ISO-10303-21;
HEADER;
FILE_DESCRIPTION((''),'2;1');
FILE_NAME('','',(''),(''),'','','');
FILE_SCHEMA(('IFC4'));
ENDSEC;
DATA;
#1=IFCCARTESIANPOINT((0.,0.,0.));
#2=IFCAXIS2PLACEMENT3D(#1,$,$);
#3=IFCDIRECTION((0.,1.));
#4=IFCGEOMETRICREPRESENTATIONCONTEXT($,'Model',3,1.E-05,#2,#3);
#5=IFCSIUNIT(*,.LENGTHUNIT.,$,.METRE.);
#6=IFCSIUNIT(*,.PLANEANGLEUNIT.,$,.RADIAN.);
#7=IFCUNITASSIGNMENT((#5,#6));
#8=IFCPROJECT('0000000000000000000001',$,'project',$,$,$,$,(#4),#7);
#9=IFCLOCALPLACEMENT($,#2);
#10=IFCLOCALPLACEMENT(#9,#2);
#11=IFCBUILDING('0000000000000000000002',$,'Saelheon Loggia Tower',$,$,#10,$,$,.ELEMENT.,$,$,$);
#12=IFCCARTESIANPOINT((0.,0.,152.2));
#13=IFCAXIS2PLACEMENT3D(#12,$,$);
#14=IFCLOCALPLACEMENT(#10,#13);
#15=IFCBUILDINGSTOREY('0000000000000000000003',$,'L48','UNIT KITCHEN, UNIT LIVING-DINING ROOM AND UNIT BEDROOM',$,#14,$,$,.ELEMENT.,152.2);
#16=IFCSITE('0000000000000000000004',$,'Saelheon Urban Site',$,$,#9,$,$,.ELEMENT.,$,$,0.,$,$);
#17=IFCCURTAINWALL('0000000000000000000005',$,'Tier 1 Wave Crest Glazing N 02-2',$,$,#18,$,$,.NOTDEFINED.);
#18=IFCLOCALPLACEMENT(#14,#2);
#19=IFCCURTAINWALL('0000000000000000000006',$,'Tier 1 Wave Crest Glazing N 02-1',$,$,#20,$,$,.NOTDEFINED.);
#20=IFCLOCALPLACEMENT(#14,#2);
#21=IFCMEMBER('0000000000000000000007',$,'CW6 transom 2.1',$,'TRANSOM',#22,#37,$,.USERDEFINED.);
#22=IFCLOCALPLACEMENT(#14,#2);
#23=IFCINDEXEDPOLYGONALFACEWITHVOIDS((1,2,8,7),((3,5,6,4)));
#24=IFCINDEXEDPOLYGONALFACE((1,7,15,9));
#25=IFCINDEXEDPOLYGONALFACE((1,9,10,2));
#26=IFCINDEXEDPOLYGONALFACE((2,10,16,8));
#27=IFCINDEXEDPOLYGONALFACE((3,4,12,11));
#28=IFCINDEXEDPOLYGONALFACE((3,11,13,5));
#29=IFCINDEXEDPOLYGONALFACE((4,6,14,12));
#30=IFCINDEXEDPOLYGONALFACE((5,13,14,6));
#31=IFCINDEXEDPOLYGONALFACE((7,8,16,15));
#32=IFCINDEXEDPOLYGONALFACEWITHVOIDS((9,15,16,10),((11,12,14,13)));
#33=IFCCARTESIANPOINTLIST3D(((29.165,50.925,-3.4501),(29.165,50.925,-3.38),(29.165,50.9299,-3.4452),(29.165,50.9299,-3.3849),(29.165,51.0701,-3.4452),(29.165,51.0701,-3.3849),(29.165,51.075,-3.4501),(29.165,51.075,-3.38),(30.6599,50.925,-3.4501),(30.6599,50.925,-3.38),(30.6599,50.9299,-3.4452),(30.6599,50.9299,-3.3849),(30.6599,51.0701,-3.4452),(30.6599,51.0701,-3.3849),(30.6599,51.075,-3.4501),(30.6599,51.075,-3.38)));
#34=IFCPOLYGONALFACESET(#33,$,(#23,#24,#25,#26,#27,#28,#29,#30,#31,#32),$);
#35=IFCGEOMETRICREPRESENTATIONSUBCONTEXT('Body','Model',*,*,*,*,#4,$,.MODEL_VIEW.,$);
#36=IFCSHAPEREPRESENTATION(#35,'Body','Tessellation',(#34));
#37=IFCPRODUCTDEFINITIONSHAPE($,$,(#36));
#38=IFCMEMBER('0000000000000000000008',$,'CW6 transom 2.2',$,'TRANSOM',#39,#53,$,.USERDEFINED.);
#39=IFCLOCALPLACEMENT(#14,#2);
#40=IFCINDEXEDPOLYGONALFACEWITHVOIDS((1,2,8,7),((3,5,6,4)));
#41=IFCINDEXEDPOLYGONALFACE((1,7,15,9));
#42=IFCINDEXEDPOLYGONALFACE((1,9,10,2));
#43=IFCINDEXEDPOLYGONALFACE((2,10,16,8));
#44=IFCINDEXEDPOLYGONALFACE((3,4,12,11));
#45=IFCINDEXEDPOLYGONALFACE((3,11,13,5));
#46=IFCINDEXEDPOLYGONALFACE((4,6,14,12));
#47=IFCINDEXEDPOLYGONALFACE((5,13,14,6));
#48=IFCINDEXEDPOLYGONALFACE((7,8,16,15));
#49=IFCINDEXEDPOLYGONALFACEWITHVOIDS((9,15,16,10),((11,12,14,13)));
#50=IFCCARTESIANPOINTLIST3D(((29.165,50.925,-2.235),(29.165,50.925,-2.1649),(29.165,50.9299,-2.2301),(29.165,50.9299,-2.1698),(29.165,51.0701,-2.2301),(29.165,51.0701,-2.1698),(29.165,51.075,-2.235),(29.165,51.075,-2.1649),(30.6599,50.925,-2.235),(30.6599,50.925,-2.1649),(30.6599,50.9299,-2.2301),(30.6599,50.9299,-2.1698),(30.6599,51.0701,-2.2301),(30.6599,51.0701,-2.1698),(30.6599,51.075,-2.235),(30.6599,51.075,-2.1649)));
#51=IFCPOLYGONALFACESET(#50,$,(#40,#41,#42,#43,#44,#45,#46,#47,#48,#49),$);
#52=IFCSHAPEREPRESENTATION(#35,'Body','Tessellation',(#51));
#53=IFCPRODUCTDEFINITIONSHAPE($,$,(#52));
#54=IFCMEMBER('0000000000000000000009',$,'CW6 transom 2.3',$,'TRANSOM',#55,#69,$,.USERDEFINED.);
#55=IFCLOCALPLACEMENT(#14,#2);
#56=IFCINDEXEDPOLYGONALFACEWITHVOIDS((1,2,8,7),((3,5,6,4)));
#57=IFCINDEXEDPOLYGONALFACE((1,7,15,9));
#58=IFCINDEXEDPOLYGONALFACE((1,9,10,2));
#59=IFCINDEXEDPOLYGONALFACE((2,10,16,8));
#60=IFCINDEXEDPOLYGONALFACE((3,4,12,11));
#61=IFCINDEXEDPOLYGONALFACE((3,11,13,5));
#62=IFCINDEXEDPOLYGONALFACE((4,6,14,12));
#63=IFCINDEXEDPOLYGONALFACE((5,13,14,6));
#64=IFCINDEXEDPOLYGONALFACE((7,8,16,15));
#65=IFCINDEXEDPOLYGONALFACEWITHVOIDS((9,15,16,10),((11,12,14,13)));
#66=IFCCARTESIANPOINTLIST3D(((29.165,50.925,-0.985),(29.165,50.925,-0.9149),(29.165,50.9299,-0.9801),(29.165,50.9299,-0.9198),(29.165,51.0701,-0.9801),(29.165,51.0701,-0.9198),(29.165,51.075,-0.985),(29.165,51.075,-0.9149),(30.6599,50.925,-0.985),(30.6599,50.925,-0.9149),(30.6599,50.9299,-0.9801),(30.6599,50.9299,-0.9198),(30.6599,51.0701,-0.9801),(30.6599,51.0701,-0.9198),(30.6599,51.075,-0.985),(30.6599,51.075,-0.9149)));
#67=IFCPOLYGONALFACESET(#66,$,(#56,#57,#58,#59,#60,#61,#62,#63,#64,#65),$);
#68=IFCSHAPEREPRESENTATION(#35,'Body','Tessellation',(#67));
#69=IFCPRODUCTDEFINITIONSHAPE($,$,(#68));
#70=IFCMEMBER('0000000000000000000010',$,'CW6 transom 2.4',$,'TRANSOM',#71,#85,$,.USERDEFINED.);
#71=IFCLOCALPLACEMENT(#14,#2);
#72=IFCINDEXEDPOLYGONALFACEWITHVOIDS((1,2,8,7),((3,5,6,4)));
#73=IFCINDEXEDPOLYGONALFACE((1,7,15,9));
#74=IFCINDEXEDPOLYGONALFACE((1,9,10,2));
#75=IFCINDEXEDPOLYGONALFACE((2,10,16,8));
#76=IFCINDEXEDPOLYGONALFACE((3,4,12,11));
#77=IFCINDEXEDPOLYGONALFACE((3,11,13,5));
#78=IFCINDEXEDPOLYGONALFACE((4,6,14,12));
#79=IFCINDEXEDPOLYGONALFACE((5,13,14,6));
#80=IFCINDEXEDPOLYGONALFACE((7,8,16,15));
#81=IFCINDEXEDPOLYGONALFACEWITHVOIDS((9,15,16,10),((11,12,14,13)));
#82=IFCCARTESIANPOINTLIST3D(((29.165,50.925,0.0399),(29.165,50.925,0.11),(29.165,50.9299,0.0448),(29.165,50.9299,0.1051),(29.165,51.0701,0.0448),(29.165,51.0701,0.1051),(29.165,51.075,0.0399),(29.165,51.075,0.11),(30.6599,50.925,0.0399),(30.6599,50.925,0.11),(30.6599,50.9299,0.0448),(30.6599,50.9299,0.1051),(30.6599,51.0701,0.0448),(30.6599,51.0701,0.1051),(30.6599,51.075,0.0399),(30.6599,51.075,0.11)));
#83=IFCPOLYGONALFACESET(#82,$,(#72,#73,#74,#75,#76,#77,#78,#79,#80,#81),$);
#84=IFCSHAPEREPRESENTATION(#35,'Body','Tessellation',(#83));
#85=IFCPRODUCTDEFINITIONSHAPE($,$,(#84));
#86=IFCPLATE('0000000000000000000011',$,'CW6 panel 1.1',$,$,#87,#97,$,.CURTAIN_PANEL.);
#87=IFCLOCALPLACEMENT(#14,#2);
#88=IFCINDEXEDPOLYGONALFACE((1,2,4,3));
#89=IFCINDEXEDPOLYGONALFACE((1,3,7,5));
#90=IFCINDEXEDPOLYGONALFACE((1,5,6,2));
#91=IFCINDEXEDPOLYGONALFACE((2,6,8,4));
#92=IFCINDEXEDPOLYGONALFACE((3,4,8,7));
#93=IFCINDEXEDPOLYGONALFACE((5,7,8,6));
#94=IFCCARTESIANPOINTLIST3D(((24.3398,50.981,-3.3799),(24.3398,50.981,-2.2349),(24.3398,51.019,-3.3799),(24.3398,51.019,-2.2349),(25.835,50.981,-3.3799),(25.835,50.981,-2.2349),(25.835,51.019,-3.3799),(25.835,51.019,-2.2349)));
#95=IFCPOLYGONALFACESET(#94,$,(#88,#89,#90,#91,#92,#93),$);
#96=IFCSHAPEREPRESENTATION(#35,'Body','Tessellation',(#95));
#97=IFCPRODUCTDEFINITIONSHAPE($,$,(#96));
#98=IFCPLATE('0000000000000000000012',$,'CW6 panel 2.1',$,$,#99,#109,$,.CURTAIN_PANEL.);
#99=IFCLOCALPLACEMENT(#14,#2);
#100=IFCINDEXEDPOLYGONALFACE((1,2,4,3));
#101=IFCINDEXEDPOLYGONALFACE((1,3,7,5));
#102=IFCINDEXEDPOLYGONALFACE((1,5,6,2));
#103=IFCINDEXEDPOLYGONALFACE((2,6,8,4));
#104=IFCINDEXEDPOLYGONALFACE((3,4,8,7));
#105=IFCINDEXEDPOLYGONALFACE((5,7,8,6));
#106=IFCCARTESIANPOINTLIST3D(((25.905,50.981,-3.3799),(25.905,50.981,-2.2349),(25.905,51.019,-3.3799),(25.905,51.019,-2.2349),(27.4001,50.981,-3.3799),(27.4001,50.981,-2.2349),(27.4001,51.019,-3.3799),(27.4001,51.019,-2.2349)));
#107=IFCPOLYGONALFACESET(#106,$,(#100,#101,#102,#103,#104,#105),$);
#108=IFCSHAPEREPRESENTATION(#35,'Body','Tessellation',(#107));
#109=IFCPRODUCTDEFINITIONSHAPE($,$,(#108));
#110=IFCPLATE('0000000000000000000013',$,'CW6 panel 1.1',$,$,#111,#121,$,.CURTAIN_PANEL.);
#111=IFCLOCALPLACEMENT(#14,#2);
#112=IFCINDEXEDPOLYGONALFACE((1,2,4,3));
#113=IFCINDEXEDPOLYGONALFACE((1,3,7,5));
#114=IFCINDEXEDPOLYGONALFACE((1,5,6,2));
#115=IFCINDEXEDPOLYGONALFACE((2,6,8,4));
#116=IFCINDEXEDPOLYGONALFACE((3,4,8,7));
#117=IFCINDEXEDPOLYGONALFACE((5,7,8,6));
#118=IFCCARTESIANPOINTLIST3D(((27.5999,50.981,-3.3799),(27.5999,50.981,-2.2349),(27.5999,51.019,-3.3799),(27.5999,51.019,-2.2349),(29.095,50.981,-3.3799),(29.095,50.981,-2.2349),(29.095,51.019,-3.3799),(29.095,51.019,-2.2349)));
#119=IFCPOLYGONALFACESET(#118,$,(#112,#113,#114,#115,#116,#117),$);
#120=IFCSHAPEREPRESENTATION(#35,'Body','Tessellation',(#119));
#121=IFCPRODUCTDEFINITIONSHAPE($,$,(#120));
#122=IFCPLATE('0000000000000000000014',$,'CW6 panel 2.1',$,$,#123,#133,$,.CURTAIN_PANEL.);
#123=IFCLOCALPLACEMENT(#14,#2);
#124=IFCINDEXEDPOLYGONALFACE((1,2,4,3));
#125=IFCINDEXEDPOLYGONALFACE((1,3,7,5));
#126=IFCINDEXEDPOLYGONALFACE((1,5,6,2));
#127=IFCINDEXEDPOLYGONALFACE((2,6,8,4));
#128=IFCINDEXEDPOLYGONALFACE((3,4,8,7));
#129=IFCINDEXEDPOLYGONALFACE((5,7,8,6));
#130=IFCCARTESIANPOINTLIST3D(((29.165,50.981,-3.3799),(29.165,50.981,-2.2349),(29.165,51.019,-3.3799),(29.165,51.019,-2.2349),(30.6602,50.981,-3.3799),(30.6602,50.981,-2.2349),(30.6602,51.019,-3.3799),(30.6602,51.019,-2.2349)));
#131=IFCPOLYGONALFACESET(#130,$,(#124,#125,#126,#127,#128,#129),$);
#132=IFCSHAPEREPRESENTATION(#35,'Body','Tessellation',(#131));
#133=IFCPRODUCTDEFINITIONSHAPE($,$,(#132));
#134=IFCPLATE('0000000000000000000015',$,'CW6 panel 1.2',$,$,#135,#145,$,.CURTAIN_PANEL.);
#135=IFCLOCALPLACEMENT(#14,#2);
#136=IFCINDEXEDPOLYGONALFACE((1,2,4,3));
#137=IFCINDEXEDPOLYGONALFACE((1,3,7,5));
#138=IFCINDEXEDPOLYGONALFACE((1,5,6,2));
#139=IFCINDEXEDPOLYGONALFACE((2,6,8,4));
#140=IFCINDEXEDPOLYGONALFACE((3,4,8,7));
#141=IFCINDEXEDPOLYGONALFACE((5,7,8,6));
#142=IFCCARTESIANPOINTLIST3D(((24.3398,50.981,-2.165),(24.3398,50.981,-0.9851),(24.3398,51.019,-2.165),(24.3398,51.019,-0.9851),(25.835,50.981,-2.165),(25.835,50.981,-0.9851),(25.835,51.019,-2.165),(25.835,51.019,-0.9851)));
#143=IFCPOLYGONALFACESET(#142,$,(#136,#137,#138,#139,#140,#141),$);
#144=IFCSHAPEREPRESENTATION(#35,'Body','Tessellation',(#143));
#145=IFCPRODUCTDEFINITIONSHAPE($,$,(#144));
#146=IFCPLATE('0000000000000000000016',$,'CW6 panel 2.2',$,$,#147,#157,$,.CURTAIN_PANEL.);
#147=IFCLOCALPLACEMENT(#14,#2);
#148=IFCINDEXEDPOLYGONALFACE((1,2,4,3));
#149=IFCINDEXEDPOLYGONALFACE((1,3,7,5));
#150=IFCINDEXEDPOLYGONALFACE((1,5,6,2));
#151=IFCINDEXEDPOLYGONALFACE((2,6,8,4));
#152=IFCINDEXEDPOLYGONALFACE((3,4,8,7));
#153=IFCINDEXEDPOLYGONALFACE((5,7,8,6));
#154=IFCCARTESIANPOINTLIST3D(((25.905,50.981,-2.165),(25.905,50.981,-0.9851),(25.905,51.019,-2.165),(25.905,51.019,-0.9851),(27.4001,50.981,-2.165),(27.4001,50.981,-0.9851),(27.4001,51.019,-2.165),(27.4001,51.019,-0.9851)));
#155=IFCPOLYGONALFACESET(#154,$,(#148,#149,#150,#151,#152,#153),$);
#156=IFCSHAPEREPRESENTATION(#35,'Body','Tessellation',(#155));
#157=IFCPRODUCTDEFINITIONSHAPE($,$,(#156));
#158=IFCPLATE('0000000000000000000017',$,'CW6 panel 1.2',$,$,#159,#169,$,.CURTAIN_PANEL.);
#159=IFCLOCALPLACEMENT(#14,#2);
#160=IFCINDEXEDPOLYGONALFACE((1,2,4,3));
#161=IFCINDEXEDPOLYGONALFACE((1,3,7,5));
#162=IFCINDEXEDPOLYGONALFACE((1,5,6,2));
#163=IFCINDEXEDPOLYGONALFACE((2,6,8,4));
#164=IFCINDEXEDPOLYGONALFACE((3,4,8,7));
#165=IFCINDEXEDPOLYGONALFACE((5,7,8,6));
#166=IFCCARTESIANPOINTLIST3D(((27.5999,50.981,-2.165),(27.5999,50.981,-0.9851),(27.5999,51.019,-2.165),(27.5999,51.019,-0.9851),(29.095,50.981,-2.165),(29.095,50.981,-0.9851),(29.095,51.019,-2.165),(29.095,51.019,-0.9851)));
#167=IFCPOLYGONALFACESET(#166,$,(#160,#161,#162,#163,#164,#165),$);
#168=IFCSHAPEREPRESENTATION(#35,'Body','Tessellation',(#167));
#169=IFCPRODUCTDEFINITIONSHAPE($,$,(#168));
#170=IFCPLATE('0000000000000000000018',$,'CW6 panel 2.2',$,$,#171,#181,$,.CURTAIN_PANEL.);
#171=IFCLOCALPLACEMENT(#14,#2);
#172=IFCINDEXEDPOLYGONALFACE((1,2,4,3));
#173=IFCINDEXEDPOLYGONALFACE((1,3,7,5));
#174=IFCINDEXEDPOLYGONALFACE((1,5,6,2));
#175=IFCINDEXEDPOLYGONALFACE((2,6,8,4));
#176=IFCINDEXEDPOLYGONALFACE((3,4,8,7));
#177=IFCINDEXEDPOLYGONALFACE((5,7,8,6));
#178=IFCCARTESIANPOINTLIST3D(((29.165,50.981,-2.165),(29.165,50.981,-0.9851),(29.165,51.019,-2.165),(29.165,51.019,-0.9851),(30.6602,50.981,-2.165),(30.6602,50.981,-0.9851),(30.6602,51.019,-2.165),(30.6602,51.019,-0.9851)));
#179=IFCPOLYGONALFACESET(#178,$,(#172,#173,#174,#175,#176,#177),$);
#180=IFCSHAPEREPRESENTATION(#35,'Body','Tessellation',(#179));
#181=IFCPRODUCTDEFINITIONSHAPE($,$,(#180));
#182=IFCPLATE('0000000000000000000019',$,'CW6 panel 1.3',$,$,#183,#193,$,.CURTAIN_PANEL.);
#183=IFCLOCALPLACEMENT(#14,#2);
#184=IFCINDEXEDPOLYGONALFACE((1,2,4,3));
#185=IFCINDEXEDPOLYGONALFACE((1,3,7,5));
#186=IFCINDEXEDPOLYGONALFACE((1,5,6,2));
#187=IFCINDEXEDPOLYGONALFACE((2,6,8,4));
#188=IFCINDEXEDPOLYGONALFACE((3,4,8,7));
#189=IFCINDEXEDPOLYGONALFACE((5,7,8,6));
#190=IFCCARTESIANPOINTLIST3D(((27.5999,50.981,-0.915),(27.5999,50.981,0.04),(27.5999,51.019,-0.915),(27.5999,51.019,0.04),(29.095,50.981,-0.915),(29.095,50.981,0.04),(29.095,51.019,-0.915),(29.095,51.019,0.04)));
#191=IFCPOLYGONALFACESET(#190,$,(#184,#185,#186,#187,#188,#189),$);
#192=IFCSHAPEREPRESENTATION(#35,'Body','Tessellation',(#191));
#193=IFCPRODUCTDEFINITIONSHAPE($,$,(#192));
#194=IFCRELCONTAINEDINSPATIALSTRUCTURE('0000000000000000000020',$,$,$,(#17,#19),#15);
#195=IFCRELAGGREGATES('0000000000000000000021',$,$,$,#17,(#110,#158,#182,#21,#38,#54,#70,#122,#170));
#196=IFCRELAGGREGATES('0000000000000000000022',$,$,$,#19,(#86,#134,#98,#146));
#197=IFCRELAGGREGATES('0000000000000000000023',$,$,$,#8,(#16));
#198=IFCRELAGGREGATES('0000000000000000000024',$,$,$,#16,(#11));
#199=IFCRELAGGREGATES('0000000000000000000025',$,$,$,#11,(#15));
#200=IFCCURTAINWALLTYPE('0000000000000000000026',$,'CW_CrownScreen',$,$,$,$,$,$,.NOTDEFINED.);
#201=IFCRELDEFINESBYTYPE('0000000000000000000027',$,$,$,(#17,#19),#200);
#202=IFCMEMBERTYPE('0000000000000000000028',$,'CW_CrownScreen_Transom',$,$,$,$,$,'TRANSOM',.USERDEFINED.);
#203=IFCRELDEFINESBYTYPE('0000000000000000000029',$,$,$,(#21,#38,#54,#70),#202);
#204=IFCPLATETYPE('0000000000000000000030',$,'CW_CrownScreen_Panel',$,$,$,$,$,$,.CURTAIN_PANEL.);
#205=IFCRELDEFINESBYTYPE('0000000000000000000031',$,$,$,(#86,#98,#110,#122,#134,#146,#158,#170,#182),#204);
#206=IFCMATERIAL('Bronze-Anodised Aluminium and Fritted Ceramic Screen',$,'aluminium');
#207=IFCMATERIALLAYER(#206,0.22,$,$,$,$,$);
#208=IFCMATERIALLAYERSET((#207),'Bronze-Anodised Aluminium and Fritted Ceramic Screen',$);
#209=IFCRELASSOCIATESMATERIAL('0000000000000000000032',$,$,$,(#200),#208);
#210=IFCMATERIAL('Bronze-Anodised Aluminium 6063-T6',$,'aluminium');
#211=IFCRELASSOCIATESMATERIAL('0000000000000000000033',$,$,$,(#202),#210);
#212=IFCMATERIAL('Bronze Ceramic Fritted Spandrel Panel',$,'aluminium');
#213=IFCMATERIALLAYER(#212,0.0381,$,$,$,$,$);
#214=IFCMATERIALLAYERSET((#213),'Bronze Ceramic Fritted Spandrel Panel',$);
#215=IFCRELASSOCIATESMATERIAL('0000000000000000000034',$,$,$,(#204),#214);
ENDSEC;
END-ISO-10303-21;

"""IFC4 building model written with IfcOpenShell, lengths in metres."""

from ifc_helpers import new_model, si_unit, direction, frame, origin, origin_2d, place, context, subcontext, project, spatial, rectangle, hollow_rectangle, extrude, source, transform, mapped, material, layer, layer_set, material_profile, profile_set, type_object, element, aggregate, save


model = new_model("IFC4")

# Units and contexts
model_context = context("Model", 3, precision=1e-05, world=origin(), true_north=direction((0.0, 1.0)))
body_context = subcontext(model_context, "Body", "Model", "MODEL_VIEW")
ifc_project = project(units=[si_unit("LENGTHUNIT", "METRE"), si_unit("PLANEANGLEUNIT", "RADIAN")], contexts=[model_context])

# Site, building, storey
site_placement = place(None, origin())
site = spatial("IfcSite", under=ifc_project, at=site_placement, Name="Saelheon Urban Site", CompositionType="ELEMENT", RefElevation=0.0)
building_placement = place(site_placement, origin())
building = spatial("IfcBuilding", under=site, at=building_placement, Name="Saelheon Loggia Tower", CompositionType="ELEMENT")
storey_placement = place(building_placement, frame((0.0, 0.0, 152.2)))
storey = spatial("IfcBuildingStorey", under=building, at=storey_placement, Name="L48", Description="UNIT KITCHEN, UNIT LIVING-DINING ROOM AND UNIT BEDROOM", CompositionType="ELEMENT", Elevation=152.2)

# Curtain walls
ifc_material_1 = material(Name="Bronze-Anodised Aluminium and Fritted Ceramic Screen", Category="aluminium")
ifc_layer_1 = layer(ifc_material_1, 0.22)
ifc_layer_set_1 = layer_set([ifc_layer_1], Name="Bronze-Anodised Aluminium and Fritted Ceramic Screen")
curtain_wall_type = type_object("IfcCurtainWallType", Name="CW_CrownScreen", PredefinedType="NOTDEFINED", material=ifc_layer_set_1)
curtain_wall_1_placement = place(storey_placement, origin())
curtain_wall_1 = element("IfcCurtainWall", 1, at=curtain_wall_1_placement, inside=storey, type_object=curtain_wall_type, Name="Tier 1 Wave Crest Glazing N 02-2", PredefinedType="NOTDEFINED")
ifc_material_2 = material(Name="Bronze-Anodised Aluminium 6063-T6", Category="aluminium")
curtain_wall_2_placement = place(storey_placement, origin())
curtain_wall_2 = element("IfcCurtainWall", 2, at=curtain_wall_2_placement, inside=storey, type_object=curtain_wall_type, Name="Tier 1 Wave Crest Glazing N 02-1", PredefinedType="NOTDEFINED")
ifc_material_profile_1 = material_profile(ifc_material_2, hollow_rectangle(XDim=0.0701, YDim=0.1499, WallThickness=0.0049, at=origin_2d()), Name="RHS-150x70x5")
ifc_profile_set_1 = profile_set([ifc_material_profile_1], Name="Bronze-Anodised Aluminium 6063-T6")
member_type_1 = type_object("IfcMemberType", Name="CW_CrownScreen_Transom", ElementType="TRANSOM", PredefinedType="USERDEFINED", material=ifc_profile_set_1)
shared_shape_1 = source(origin(), body_context, "Body", "SweptSolid", [
    extrude(hollow_rectangle(XDim=0.0701, YDim=0.1499, WallThickness=0.0049, at=origin_2d()), origin(), (0.0, 0.0, 1.0), 1.4949),
])

# Members
member_1_placement = place(storey_placement, frame((29.165, 51.0, -3.415), z_axis=(1.0, 0.0, 0.0), x_axis=(0.0, 0.0, 1.0)))
member_1 = element("IfcMember", 3, at=member_1_placement, type_object=member_type_1, Name="CW6 transom 2.1", ObjectType="TRANSOM", PredefinedType="USERDEFINED", context=body_context, shape_type="MappedRepresentation", body=[
    mapped(shared_shape_1, transform((0.0, 0.0, 0.0), scale=1.0)),
])
member_2_placement = place(storey_placement, frame((29.165, 51.0, -2.2), z_axis=(1.0, 0.0, 0.0), x_axis=(0.0, 0.0, 1.0)))
member_2 = element("IfcMember", 4, at=member_2_placement, type_object=member_type_1, Name="CW6 transom 2.2", ObjectType="TRANSOM", PredefinedType="USERDEFINED", context=body_context, shape_type="MappedRepresentation", body=[
    mapped(shared_shape_1, transform((0.0, 0.0, 0.0), scale=1.0)),
])
member_3_placement = place(storey_placement, frame((29.165, 51.0, -0.95), z_axis=(1.0, 0.0, 0.0), x_axis=(0.0, 0.0, 1.0)))
member_3 = element("IfcMember", 5, at=member_3_placement, type_object=member_type_1, Name="CW6 transom 2.3", ObjectType="TRANSOM", PredefinedType="USERDEFINED", context=body_context, shape_type="MappedRepresentation", body=[
    mapped(shared_shape_1, transform((0.0, 0.0, 0.0), scale=1.0)),
])
member_4_placement = place(storey_placement, frame((29.165, 51.0, 0.075), z_axis=(1.0, 0.0, 0.0), x_axis=(0.0, 0.0, 1.0)))
member_4 = element("IfcMember", 6, at=member_4_placement, type_object=member_type_1, Name="CW6 transom 2.4", ObjectType="TRANSOM", PredefinedType="USERDEFINED", context=body_context, shape_type="MappedRepresentation", body=[
    mapped(shared_shape_1, transform((0.0, 0.0, 0.0), scale=1.0)),
])

# Plates
ifc_material_3 = material(Name="Bronze Ceramic Fritted Spandrel Panel", Category="aluminium")
ifc_layer_2 = layer(ifc_material_3, 0.0381)
ifc_layer_set_2 = layer_set([ifc_layer_2], Name="Bronze Ceramic Fritted Spandrel Panel")
plate_type = type_object("IfcPlateType", Name="CW_CrownScreen_Panel", PredefinedType="CURTAIN_PANEL", material=ifc_layer_set_2)
shared_shape_2 = source(origin(), body_context, "Body", "SweptSolid", [
    extrude(rectangle(XDim=1.4951, YDim=0.0381, at=origin_2d()), origin(), (0.0, 0.0, 1.0), 1.145),
])
plate_1_placement = place(storey_placement, frame((25.0874, 51.0, -3.3799), z_axis=(0.0, 0.0, 1.0), x_axis=(1.0, 0.0, 0.0)))
plate_1 = element("IfcPlate", 7, at=plate_1_placement, type_object=plate_type, Name="CW6 panel 1.1", PredefinedType="CURTAIN_PANEL", context=body_context, shape_type="MappedRepresentation", body=[
    mapped(shared_shape_2, transform((0.0, 0.0, 0.0), scale=1.0)),
])
plate_2_placement = place(storey_placement, frame((26.6526, 51.0, -3.3799), z_axis=(0.0, 0.0, 1.0), x_axis=(1.0, 0.0, 0.0)))
plate_2 = element("IfcPlate", 8, at=plate_2_placement, type_object=plate_type, Name="CW6 panel 2.1", PredefinedType="CURTAIN_PANEL", context=body_context, shape_type="MappedRepresentation", body=[
    mapped(shared_shape_2, transform((0.0, 0.0, 0.0), scale=1.0)),
])
plate_3_placement = place(storey_placement, frame((28.3474, 51.0, -3.3799), z_axis=(0.0, 0.0, 1.0), x_axis=(1.0, 0.0, 0.0)))
plate_3 = element("IfcPlate", 9, at=plate_3_placement, type_object=plate_type, Name="CW6 panel 1.1", PredefinedType="CURTAIN_PANEL", context=body_context, shape_type="MappedRepresentation", body=[
    mapped(shared_shape_2, transform((0.0, 0.0, 0.0), scale=1.0)),
])
plate_4_placement = place(storey_placement, frame((29.9126, 51.0, -3.3799), z_axis=(0.0, 0.0, 1.0), x_axis=(1.0, 0.0, 0.0)))
plate_4 = element("IfcPlate", 10, at=plate_4_placement, type_object=plate_type, Name="CW6 panel 2.1", PredefinedType="CURTAIN_PANEL", context=body_context, shape_type="MappedRepresentation", body=[
    mapped(shared_shape_2, transform((0.0, 0.0, 0.0), scale=1.0)),
])
shared_shape_3 = source(origin(), body_context, "Body", "SweptSolid", [
    extrude(rectangle(XDim=1.4951, YDim=0.0381, at=origin_2d()), origin(), (0.0, 0.0, 1.0), 1.1799),
])
plate_5_placement = place(storey_placement, frame((25.0874, 51.0, -2.165), z_axis=(0.0, 0.0, 1.0), x_axis=(1.0, 0.0, 0.0)))
plate_5 = element("IfcPlate", 11, at=plate_5_placement, type_object=plate_type, Name="CW6 panel 1.2", PredefinedType="CURTAIN_PANEL", context=body_context, shape_type="MappedRepresentation", body=[
    mapped(shared_shape_3, transform((0.0, 0.0, 0.0), scale=1.0)),
])
plate_6_placement = place(storey_placement, frame((26.6526, 51.0, -2.165), z_axis=(0.0, 0.0, 1.0), x_axis=(1.0, 0.0, 0.0)))
plate_6 = element("IfcPlate", 12, at=plate_6_placement, type_object=plate_type, Name="CW6 panel 2.2", PredefinedType="CURTAIN_PANEL", context=body_context, shape_type="MappedRepresentation", body=[
    mapped(shared_shape_3, transform((0.0, 0.0, 0.0), scale=1.0)),
])
plate_7_placement = place(storey_placement, frame((28.3474, 51.0, -2.165), z_axis=(0.0, 0.0, 1.0), x_axis=(1.0, 0.0, 0.0)))
plate_7 = element("IfcPlate", 13, at=plate_7_placement, type_object=plate_type, Name="CW6 panel 1.2", PredefinedType="CURTAIN_PANEL", context=body_context, shape_type="MappedRepresentation", body=[
    mapped(shared_shape_3, transform((0.0, 0.0, 0.0), scale=1.0)),
])
plate_8_placement = place(storey_placement, frame((29.9126, 51.0, -2.165), z_axis=(0.0, 0.0, 1.0), x_axis=(1.0, 0.0, 0.0)))
plate_8 = element("IfcPlate", 14, at=plate_8_placement, type_object=plate_type, Name="CW6 panel 2.2", PredefinedType="CURTAIN_PANEL", context=body_context, shape_type="MappedRepresentation", body=[
    mapped(shared_shape_3, transform((0.0, 0.0, 0.0), scale=1.0)),
])
shared_shape_4 = source(origin(), body_context, "Body", "SweptSolid", [
    extrude(rectangle(XDim=1.4951, YDim=0.0381, at=origin_2d()), origin(), (0.0, 0.0, 1.0), 0.9551),
])
plate_9_placement = place(storey_placement, frame((28.3474, 51.0, -0.915), z_axis=(0.0, 0.0, 1.0), x_axis=(1.0, 0.0, 0.0)))
plate_9 = element("IfcPlate", 15, at=plate_9_placement, type_object=plate_type, Name="CW6 panel 1.3", PredefinedType="CURTAIN_PANEL", context=body_context, shape_type="MappedRepresentation", body=[
    mapped(shared_shape_4, transform((0.0, 0.0, 0.0), scale=1.0)),
])
aggregate(curtain_wall_1, [plate_3, plate_7, plate_9, member_1, member_2, member_3, member_4, plate_4, plate_8])
aggregate(curtain_wall_2, [plate_1, plate_5, plate_2, plate_6])

save(model, "model.ifc")
